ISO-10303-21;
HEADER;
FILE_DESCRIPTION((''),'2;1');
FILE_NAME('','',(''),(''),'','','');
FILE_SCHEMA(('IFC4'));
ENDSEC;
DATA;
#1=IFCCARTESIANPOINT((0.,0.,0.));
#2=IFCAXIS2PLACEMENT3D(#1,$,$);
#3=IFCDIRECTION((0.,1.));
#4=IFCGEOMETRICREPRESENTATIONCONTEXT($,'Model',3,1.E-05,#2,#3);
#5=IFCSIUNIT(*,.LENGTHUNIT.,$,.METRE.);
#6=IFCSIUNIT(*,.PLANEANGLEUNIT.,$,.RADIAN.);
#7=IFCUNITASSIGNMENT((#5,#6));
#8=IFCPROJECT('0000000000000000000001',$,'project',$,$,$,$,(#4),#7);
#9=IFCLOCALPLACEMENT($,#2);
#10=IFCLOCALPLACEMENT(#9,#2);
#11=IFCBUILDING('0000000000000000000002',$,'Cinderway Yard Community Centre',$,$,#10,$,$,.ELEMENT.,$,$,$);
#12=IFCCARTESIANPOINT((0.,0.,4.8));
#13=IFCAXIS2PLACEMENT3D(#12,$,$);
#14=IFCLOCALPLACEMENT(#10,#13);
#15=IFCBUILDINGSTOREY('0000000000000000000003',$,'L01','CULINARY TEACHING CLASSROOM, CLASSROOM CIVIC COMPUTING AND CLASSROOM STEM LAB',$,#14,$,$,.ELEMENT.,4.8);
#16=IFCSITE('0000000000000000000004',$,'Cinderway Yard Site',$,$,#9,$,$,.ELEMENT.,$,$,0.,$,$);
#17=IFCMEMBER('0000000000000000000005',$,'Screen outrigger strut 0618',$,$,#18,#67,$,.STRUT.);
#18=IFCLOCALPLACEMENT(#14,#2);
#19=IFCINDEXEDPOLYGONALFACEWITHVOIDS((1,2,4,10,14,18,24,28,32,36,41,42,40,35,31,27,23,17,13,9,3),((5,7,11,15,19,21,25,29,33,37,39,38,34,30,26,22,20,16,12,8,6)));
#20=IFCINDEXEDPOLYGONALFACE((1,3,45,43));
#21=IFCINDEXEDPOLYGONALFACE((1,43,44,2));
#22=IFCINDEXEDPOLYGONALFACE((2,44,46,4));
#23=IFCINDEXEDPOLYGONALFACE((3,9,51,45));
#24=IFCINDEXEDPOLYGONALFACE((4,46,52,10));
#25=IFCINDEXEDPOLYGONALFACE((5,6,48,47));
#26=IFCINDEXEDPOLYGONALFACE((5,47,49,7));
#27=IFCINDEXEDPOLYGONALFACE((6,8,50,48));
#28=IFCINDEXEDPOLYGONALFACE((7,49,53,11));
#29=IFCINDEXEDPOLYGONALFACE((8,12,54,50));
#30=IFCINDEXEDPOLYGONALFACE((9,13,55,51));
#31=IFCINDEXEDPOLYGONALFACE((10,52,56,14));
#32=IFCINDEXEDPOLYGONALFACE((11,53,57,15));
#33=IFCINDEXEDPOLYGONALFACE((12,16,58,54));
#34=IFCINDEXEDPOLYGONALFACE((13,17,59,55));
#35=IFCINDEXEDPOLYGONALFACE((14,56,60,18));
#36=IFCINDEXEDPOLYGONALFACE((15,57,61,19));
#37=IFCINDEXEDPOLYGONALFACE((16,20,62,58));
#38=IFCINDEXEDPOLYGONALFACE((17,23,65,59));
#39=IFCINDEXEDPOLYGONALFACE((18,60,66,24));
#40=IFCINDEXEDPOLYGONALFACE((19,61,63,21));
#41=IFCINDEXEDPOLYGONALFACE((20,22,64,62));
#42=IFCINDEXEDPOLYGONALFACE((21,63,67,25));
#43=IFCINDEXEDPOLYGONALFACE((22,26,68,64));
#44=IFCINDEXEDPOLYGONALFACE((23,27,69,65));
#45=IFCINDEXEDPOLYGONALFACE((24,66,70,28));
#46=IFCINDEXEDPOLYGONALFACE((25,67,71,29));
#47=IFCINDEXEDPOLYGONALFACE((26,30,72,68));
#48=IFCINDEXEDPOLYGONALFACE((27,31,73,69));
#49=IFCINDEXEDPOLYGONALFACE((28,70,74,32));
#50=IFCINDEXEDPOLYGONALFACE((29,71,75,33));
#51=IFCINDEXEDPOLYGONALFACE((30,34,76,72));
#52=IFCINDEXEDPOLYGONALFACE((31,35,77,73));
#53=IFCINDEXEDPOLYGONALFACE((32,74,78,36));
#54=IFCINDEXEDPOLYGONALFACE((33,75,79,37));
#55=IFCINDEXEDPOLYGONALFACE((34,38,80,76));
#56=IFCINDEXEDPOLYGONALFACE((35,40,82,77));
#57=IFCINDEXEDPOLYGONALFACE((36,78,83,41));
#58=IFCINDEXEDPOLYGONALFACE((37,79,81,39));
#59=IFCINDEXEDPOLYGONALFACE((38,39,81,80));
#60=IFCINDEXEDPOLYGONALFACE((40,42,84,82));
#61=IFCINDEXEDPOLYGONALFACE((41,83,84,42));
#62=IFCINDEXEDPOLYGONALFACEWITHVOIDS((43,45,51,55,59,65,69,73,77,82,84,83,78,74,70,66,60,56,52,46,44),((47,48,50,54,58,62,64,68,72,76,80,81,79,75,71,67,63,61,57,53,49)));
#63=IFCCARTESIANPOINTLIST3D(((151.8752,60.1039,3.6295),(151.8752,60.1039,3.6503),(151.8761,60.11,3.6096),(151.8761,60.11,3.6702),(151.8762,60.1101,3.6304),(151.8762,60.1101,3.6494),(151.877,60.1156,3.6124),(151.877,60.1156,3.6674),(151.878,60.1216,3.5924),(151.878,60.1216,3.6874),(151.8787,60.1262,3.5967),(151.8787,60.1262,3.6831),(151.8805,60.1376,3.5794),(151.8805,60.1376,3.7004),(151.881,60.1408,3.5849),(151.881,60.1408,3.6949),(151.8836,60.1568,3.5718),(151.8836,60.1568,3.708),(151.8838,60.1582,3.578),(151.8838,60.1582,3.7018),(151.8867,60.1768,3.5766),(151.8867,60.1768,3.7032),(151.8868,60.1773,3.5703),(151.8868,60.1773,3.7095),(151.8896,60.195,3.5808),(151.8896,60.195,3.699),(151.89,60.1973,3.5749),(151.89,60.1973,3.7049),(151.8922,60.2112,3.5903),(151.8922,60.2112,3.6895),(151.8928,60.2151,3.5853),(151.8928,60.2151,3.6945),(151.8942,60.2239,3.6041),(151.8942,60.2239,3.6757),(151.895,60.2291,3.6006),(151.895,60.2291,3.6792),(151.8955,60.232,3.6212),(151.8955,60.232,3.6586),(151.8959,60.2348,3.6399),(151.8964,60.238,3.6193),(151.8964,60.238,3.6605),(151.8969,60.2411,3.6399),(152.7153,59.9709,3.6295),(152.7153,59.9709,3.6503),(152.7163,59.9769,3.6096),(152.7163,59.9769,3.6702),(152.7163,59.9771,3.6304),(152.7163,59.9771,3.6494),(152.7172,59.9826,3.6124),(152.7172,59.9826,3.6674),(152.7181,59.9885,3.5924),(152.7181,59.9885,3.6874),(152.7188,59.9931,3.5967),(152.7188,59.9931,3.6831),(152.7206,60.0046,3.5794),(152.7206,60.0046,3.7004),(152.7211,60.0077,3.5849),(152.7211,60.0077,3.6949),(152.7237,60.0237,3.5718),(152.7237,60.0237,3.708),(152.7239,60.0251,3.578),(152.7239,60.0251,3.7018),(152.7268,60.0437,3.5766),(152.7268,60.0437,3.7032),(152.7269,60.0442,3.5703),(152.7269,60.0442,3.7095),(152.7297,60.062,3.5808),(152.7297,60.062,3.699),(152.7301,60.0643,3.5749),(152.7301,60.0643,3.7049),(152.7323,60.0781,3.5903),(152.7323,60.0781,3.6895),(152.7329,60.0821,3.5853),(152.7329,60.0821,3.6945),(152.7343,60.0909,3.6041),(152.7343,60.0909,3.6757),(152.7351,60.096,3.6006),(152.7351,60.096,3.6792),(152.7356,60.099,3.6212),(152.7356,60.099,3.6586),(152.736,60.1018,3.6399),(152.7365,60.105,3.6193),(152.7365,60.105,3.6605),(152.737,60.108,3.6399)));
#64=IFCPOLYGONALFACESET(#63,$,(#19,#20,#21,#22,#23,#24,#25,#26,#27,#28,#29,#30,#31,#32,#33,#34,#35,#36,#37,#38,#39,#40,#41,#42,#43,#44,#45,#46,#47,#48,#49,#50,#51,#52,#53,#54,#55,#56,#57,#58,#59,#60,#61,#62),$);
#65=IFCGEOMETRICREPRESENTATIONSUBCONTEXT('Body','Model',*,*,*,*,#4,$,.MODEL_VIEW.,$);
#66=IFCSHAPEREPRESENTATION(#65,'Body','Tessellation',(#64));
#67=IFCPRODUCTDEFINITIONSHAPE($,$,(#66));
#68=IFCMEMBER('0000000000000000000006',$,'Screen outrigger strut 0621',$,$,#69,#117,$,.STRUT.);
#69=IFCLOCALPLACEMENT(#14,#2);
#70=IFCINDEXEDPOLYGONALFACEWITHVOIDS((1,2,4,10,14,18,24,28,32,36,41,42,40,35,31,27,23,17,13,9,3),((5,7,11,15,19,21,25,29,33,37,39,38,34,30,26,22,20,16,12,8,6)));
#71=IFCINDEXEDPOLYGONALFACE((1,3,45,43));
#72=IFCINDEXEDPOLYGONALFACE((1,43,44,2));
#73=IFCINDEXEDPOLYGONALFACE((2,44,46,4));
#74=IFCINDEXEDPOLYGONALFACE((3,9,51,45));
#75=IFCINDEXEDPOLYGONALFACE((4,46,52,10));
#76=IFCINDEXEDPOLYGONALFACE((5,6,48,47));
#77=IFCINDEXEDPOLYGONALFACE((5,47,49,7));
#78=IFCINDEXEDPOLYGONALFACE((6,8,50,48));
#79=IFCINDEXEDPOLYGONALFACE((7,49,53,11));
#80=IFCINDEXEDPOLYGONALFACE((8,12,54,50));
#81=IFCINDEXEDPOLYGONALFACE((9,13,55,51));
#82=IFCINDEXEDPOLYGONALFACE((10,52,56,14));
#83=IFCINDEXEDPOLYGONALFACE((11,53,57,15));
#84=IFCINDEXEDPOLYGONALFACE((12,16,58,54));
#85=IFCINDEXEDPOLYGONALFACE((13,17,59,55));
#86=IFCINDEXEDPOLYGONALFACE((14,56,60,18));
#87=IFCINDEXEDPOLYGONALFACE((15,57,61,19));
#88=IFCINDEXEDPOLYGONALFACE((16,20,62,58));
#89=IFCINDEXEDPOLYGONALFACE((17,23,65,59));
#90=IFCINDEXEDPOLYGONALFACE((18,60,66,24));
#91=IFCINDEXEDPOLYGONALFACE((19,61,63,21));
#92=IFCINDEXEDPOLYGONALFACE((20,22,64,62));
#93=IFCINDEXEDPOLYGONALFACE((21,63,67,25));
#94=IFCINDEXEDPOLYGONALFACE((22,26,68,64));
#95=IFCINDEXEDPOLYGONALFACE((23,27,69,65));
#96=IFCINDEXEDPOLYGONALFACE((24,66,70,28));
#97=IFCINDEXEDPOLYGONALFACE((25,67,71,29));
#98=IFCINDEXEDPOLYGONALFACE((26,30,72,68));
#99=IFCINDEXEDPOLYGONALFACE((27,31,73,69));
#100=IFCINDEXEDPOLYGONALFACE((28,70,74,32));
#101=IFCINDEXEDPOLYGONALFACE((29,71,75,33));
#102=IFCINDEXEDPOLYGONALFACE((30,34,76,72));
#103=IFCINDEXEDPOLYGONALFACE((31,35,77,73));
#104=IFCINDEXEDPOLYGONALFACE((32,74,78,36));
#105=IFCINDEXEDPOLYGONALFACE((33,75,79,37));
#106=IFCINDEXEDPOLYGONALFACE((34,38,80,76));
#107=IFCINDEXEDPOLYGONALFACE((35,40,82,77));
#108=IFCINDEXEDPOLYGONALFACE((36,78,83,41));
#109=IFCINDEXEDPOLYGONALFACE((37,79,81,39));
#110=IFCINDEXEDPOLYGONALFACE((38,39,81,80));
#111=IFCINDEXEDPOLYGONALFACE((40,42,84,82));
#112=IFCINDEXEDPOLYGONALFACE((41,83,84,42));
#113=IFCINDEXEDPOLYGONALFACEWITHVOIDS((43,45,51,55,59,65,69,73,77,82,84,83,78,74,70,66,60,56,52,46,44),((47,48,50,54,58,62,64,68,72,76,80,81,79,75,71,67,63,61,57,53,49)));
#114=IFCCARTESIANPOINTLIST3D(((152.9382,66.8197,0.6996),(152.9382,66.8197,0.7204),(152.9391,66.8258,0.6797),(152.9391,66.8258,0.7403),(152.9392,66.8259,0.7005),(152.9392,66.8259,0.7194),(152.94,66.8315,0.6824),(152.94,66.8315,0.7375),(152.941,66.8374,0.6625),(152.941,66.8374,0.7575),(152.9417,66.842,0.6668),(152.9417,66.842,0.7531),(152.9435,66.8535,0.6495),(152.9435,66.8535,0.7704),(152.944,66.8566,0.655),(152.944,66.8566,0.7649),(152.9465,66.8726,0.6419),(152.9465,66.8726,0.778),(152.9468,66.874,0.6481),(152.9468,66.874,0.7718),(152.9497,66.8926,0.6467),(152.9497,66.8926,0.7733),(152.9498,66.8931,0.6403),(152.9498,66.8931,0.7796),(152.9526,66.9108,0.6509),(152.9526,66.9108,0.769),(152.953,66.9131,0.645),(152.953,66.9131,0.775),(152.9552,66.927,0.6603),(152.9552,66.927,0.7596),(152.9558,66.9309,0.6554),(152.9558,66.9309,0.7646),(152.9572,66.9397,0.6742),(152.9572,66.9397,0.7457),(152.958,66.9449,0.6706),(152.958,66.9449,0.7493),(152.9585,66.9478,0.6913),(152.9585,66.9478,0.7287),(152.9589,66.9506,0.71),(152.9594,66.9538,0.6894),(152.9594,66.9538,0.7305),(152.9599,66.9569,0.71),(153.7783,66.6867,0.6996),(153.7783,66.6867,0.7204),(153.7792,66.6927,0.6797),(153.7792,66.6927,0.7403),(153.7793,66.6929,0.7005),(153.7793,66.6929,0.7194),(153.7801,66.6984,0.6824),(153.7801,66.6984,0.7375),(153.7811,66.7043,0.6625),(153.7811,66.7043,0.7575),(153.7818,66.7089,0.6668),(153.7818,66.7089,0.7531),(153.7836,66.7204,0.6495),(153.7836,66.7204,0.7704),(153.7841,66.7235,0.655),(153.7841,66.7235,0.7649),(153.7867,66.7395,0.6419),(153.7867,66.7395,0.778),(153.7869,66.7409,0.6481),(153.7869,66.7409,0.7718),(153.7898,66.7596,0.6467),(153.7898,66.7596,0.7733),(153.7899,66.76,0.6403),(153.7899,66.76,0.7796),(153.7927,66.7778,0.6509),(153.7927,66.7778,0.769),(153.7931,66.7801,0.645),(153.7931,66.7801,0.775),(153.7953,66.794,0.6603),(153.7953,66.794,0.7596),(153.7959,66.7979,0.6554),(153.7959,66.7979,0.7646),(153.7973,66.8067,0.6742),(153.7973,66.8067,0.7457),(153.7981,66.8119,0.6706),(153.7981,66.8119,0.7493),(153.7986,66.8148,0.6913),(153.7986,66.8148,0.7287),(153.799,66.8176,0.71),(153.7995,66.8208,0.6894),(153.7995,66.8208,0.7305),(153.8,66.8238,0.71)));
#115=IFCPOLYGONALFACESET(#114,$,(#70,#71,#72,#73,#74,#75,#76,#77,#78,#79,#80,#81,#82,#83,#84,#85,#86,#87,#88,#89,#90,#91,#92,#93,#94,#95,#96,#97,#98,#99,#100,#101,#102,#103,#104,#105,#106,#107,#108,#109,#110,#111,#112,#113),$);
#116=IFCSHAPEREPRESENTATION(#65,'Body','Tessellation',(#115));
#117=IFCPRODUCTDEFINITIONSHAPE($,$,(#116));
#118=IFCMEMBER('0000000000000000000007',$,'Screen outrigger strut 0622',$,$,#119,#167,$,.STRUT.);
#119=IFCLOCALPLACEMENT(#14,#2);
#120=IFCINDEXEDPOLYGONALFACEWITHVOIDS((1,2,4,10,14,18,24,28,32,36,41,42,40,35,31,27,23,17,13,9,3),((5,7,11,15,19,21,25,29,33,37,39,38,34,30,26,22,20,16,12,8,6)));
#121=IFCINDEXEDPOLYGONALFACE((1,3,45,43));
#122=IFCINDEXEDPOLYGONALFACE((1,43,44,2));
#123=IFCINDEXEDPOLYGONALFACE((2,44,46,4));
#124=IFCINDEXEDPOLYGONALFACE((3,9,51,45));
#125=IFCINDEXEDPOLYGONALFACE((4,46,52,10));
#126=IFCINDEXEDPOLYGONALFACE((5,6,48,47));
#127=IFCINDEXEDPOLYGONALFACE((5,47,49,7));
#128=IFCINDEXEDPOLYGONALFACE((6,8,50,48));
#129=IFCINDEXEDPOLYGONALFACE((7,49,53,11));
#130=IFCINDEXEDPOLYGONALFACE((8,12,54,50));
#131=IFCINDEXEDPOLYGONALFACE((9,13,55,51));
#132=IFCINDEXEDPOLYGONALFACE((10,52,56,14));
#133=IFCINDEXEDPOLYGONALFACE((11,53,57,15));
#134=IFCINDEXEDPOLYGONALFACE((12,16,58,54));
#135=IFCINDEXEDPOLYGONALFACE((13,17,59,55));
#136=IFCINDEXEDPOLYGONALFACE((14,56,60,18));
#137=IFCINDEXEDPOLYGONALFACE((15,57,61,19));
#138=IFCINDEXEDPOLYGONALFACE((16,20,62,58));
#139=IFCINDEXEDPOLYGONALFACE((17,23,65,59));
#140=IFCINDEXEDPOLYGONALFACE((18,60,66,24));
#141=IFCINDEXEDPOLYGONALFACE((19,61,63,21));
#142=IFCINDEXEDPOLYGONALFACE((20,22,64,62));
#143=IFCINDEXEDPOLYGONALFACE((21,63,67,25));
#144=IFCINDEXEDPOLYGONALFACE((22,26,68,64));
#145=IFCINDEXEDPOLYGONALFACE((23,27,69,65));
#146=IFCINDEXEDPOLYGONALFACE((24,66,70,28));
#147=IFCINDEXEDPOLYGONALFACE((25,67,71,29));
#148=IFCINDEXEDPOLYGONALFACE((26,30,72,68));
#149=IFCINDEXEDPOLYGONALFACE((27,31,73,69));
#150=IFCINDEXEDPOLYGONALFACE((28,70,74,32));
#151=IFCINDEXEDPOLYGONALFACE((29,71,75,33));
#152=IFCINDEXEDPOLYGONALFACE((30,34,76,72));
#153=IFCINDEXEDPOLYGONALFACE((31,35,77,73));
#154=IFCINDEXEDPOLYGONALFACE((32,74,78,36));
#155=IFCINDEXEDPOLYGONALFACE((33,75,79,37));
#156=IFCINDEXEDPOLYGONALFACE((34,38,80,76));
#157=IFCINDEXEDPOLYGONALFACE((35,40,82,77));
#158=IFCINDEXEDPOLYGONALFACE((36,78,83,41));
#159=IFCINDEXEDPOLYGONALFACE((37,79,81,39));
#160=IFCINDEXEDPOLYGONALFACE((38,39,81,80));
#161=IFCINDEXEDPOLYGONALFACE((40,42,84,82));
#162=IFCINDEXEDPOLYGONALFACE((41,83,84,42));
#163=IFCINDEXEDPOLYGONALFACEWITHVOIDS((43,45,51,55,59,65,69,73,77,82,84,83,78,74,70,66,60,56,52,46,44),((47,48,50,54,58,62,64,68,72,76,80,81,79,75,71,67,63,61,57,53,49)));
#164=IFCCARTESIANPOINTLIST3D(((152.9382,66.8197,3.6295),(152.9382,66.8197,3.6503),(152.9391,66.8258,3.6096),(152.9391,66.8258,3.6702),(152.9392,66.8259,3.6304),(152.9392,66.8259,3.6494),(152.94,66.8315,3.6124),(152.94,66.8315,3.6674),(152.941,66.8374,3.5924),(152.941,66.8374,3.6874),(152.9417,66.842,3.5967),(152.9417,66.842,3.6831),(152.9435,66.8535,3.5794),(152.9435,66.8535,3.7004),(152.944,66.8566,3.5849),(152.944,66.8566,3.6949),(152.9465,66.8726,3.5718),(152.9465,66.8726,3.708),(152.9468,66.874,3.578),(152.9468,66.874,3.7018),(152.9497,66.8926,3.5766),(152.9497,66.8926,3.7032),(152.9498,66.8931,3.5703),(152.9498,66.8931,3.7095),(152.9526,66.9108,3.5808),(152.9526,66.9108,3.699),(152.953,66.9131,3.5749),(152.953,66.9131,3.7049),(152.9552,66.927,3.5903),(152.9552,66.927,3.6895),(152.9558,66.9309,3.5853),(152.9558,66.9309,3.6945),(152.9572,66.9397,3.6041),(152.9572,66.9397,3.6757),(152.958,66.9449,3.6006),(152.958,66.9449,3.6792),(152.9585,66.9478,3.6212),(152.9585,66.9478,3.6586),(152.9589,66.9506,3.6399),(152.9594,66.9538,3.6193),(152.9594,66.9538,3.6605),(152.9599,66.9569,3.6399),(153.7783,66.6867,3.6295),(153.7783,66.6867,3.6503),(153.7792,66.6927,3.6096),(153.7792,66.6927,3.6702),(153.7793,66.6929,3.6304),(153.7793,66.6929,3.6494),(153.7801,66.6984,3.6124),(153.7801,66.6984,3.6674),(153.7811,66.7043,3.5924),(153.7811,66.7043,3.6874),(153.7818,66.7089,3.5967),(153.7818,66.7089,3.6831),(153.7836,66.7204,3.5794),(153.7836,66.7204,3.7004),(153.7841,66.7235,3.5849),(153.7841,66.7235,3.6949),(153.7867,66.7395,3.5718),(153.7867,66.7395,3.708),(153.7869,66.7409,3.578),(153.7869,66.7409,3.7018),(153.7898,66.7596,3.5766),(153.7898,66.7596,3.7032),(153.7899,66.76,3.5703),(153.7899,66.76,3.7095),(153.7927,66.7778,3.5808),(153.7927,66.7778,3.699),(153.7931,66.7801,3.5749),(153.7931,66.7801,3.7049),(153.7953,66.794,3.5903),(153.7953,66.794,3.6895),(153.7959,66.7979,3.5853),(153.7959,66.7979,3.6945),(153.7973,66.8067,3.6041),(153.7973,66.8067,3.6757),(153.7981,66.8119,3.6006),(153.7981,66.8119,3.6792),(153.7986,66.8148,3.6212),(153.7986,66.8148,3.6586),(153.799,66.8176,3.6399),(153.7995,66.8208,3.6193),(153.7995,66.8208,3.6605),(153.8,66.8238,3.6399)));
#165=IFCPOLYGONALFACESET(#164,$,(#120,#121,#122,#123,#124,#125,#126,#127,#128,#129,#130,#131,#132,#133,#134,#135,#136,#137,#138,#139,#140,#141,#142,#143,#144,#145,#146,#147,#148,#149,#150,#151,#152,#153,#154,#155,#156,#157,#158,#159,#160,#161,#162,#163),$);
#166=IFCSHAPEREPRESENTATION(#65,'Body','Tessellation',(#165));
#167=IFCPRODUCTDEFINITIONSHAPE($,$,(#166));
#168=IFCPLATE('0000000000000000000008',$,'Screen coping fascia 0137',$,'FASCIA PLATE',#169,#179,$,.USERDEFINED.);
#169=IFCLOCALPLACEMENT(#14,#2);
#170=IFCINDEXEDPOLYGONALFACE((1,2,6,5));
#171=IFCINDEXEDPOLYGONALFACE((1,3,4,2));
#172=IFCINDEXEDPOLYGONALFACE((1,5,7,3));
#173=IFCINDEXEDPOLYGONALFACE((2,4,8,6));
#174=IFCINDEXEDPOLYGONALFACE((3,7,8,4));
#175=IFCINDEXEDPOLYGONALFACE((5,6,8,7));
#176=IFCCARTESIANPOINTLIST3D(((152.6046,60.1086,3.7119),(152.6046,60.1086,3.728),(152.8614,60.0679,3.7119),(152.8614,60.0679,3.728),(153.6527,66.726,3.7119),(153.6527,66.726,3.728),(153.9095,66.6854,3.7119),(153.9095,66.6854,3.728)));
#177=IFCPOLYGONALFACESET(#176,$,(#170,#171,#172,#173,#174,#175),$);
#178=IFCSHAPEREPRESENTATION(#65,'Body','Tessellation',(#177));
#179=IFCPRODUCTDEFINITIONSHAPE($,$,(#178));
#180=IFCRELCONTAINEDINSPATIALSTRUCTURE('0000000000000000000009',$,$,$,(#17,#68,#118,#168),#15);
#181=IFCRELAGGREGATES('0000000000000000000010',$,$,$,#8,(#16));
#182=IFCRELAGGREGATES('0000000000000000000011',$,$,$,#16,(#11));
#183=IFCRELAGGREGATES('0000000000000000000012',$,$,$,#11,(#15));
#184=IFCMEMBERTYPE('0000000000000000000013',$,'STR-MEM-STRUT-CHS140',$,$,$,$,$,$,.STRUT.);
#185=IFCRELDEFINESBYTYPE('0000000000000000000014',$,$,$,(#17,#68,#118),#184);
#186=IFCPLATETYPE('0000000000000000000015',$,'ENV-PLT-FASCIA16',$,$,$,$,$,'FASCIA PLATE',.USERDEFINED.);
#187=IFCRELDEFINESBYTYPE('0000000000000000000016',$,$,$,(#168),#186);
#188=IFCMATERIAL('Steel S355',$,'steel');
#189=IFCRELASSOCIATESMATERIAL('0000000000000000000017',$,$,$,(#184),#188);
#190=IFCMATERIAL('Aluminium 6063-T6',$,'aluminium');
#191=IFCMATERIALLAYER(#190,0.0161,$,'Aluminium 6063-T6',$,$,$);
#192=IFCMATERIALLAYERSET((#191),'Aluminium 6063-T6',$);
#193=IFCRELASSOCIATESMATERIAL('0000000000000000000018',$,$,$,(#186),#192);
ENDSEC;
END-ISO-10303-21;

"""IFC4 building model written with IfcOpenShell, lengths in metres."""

from ifc_helpers import new_model, si_unit, direction, frame, origin, origin_2d, place, context, subcontext, project, spatial, rectangle, hollow_circle, extrude, material, layer, layer_set, material_profile, profile_set, type_object, element, save


model = new_model("IFC4")

# Units and contexts
model_context = context("Model", 3, precision=1e-05, world=origin(), true_north=direction((0.0, 1.0)))
body_context = subcontext(model_context, "Body", "Model", "MODEL_VIEW")
ifc_project = project(units=[si_unit("LENGTHUNIT", "METRE"), si_unit("PLANEANGLEUNIT", "RADIAN")], contexts=[model_context])

# Site, building, storey
site_placement = place(None, origin())
site = spatial("IfcSite", under=ifc_project, at=site_placement, Name="Cinderway Yard Site", CompositionType="ELEMENT", RefElevation=0.0)
building_placement = place(site_placement, origin())
building = spatial("IfcBuilding", under=site, at=building_placement, Name="Cinderway Yard Community Centre", CompositionType="ELEMENT")
storey_placement = place(building_placement, frame((0.0, 0.0, 4.8)))
storey = spatial("IfcBuildingStorey", under=building, at=storey_placement, Name="L01", Description="CULINARY TEACHING CLASSROOM, CLASSROOM CIVIC COMPUTING AND CLASSROOM STEM LAB", CompositionType="ELEMENT", Elevation=4.8)

# Shared definitions
ifc_material_1 = material(Name="Aluminium 6063-T6", Category="aluminium")

# Shared definitions
ifc_material_2 = material(Name="Steel S355", Category="steel")

# Members
ifc_material_profile_1 = material_profile(ifc_material_2, hollow_circle(Radius=0.0698, WallThickness=0.0063, at=origin_2d()), Name="Steel S355")
ifc_profile_set_1 = profile_set([ifc_material_profile_1], Name="Steel S355")
member_type_1 = type_object("IfcMemberType", Name="STR-MEM-STRUT-CHS140", PredefinedType="STRUT", material=ifc_profile_set_1)
for number, where, z_axis, x_axis, name in (
    (1, (151.886, 60.1721, 3.6399), (0.987688, -0.156434, 0.0), (0.156434, 0.987688, 0.0), "Screen outrigger strut 0618"),
    (2, (152.949, 66.8879, 0.71), (0.987688, -0.156434, 0.0), (0.156434, 0.987688, 0.0), "Screen outrigger strut 0621"),
    (3, (152.949, 66.8879, 3.6399), (0.987688, -0.156434, 0.0), (0.156434, 0.987688, 0.0), "Screen outrigger strut 0622"),
):
    element("IfcMember", number, at=place(storey_placement, frame(where, z_axis=z_axis, x_axis=x_axis)), inside=storey, type_object=member_type_1, Name=name, PredefinedType="STRUT", context=body_context, shape_type="SweptSolid", body=[
        extrude(hollow_circle(Radius=0.0698, WallThickness=0.0063, at=origin_2d()), origin(), (0.0, 0.0, 1.0), 0.8506),
    ])

# Plate
ifc_layer_1 = layer(ifc_material_1, 0.0161, Name="Aluminium 6063-T6")
ifc_layer_set_1 = layer_set([ifc_layer_1], Name="Aluminium 6063-T6")
plate_type = type_object("IfcPlateType", Name="ENV-PLT-FASCIA16", ElementType="FASCIA PLATE", PredefinedType="USERDEFINED", material=ifc_layer_set_1)
plate_placement = place(storey_placement, frame((153.2571, 63.397, 3.7119), z_axis=(0.0, 0.0, 1.0), x_axis=(-0.156434, -0.987688, 0.0)))
element("IfcPlate", 4, at=plate_placement, inside=storey, type_object=plate_type, Name="Screen coping fascia 0137", ObjectType="FASCIA PLATE", PredefinedType="USERDEFINED", context=body_context, shape_type="SweptSolid", body=[
    extrude(rectangle(XDim=6.7, YDim=0.26, at=origin_2d()), origin(), (0.0, 0.0, 1.0), 0.0161),
])

save(model, "model.ifc")
